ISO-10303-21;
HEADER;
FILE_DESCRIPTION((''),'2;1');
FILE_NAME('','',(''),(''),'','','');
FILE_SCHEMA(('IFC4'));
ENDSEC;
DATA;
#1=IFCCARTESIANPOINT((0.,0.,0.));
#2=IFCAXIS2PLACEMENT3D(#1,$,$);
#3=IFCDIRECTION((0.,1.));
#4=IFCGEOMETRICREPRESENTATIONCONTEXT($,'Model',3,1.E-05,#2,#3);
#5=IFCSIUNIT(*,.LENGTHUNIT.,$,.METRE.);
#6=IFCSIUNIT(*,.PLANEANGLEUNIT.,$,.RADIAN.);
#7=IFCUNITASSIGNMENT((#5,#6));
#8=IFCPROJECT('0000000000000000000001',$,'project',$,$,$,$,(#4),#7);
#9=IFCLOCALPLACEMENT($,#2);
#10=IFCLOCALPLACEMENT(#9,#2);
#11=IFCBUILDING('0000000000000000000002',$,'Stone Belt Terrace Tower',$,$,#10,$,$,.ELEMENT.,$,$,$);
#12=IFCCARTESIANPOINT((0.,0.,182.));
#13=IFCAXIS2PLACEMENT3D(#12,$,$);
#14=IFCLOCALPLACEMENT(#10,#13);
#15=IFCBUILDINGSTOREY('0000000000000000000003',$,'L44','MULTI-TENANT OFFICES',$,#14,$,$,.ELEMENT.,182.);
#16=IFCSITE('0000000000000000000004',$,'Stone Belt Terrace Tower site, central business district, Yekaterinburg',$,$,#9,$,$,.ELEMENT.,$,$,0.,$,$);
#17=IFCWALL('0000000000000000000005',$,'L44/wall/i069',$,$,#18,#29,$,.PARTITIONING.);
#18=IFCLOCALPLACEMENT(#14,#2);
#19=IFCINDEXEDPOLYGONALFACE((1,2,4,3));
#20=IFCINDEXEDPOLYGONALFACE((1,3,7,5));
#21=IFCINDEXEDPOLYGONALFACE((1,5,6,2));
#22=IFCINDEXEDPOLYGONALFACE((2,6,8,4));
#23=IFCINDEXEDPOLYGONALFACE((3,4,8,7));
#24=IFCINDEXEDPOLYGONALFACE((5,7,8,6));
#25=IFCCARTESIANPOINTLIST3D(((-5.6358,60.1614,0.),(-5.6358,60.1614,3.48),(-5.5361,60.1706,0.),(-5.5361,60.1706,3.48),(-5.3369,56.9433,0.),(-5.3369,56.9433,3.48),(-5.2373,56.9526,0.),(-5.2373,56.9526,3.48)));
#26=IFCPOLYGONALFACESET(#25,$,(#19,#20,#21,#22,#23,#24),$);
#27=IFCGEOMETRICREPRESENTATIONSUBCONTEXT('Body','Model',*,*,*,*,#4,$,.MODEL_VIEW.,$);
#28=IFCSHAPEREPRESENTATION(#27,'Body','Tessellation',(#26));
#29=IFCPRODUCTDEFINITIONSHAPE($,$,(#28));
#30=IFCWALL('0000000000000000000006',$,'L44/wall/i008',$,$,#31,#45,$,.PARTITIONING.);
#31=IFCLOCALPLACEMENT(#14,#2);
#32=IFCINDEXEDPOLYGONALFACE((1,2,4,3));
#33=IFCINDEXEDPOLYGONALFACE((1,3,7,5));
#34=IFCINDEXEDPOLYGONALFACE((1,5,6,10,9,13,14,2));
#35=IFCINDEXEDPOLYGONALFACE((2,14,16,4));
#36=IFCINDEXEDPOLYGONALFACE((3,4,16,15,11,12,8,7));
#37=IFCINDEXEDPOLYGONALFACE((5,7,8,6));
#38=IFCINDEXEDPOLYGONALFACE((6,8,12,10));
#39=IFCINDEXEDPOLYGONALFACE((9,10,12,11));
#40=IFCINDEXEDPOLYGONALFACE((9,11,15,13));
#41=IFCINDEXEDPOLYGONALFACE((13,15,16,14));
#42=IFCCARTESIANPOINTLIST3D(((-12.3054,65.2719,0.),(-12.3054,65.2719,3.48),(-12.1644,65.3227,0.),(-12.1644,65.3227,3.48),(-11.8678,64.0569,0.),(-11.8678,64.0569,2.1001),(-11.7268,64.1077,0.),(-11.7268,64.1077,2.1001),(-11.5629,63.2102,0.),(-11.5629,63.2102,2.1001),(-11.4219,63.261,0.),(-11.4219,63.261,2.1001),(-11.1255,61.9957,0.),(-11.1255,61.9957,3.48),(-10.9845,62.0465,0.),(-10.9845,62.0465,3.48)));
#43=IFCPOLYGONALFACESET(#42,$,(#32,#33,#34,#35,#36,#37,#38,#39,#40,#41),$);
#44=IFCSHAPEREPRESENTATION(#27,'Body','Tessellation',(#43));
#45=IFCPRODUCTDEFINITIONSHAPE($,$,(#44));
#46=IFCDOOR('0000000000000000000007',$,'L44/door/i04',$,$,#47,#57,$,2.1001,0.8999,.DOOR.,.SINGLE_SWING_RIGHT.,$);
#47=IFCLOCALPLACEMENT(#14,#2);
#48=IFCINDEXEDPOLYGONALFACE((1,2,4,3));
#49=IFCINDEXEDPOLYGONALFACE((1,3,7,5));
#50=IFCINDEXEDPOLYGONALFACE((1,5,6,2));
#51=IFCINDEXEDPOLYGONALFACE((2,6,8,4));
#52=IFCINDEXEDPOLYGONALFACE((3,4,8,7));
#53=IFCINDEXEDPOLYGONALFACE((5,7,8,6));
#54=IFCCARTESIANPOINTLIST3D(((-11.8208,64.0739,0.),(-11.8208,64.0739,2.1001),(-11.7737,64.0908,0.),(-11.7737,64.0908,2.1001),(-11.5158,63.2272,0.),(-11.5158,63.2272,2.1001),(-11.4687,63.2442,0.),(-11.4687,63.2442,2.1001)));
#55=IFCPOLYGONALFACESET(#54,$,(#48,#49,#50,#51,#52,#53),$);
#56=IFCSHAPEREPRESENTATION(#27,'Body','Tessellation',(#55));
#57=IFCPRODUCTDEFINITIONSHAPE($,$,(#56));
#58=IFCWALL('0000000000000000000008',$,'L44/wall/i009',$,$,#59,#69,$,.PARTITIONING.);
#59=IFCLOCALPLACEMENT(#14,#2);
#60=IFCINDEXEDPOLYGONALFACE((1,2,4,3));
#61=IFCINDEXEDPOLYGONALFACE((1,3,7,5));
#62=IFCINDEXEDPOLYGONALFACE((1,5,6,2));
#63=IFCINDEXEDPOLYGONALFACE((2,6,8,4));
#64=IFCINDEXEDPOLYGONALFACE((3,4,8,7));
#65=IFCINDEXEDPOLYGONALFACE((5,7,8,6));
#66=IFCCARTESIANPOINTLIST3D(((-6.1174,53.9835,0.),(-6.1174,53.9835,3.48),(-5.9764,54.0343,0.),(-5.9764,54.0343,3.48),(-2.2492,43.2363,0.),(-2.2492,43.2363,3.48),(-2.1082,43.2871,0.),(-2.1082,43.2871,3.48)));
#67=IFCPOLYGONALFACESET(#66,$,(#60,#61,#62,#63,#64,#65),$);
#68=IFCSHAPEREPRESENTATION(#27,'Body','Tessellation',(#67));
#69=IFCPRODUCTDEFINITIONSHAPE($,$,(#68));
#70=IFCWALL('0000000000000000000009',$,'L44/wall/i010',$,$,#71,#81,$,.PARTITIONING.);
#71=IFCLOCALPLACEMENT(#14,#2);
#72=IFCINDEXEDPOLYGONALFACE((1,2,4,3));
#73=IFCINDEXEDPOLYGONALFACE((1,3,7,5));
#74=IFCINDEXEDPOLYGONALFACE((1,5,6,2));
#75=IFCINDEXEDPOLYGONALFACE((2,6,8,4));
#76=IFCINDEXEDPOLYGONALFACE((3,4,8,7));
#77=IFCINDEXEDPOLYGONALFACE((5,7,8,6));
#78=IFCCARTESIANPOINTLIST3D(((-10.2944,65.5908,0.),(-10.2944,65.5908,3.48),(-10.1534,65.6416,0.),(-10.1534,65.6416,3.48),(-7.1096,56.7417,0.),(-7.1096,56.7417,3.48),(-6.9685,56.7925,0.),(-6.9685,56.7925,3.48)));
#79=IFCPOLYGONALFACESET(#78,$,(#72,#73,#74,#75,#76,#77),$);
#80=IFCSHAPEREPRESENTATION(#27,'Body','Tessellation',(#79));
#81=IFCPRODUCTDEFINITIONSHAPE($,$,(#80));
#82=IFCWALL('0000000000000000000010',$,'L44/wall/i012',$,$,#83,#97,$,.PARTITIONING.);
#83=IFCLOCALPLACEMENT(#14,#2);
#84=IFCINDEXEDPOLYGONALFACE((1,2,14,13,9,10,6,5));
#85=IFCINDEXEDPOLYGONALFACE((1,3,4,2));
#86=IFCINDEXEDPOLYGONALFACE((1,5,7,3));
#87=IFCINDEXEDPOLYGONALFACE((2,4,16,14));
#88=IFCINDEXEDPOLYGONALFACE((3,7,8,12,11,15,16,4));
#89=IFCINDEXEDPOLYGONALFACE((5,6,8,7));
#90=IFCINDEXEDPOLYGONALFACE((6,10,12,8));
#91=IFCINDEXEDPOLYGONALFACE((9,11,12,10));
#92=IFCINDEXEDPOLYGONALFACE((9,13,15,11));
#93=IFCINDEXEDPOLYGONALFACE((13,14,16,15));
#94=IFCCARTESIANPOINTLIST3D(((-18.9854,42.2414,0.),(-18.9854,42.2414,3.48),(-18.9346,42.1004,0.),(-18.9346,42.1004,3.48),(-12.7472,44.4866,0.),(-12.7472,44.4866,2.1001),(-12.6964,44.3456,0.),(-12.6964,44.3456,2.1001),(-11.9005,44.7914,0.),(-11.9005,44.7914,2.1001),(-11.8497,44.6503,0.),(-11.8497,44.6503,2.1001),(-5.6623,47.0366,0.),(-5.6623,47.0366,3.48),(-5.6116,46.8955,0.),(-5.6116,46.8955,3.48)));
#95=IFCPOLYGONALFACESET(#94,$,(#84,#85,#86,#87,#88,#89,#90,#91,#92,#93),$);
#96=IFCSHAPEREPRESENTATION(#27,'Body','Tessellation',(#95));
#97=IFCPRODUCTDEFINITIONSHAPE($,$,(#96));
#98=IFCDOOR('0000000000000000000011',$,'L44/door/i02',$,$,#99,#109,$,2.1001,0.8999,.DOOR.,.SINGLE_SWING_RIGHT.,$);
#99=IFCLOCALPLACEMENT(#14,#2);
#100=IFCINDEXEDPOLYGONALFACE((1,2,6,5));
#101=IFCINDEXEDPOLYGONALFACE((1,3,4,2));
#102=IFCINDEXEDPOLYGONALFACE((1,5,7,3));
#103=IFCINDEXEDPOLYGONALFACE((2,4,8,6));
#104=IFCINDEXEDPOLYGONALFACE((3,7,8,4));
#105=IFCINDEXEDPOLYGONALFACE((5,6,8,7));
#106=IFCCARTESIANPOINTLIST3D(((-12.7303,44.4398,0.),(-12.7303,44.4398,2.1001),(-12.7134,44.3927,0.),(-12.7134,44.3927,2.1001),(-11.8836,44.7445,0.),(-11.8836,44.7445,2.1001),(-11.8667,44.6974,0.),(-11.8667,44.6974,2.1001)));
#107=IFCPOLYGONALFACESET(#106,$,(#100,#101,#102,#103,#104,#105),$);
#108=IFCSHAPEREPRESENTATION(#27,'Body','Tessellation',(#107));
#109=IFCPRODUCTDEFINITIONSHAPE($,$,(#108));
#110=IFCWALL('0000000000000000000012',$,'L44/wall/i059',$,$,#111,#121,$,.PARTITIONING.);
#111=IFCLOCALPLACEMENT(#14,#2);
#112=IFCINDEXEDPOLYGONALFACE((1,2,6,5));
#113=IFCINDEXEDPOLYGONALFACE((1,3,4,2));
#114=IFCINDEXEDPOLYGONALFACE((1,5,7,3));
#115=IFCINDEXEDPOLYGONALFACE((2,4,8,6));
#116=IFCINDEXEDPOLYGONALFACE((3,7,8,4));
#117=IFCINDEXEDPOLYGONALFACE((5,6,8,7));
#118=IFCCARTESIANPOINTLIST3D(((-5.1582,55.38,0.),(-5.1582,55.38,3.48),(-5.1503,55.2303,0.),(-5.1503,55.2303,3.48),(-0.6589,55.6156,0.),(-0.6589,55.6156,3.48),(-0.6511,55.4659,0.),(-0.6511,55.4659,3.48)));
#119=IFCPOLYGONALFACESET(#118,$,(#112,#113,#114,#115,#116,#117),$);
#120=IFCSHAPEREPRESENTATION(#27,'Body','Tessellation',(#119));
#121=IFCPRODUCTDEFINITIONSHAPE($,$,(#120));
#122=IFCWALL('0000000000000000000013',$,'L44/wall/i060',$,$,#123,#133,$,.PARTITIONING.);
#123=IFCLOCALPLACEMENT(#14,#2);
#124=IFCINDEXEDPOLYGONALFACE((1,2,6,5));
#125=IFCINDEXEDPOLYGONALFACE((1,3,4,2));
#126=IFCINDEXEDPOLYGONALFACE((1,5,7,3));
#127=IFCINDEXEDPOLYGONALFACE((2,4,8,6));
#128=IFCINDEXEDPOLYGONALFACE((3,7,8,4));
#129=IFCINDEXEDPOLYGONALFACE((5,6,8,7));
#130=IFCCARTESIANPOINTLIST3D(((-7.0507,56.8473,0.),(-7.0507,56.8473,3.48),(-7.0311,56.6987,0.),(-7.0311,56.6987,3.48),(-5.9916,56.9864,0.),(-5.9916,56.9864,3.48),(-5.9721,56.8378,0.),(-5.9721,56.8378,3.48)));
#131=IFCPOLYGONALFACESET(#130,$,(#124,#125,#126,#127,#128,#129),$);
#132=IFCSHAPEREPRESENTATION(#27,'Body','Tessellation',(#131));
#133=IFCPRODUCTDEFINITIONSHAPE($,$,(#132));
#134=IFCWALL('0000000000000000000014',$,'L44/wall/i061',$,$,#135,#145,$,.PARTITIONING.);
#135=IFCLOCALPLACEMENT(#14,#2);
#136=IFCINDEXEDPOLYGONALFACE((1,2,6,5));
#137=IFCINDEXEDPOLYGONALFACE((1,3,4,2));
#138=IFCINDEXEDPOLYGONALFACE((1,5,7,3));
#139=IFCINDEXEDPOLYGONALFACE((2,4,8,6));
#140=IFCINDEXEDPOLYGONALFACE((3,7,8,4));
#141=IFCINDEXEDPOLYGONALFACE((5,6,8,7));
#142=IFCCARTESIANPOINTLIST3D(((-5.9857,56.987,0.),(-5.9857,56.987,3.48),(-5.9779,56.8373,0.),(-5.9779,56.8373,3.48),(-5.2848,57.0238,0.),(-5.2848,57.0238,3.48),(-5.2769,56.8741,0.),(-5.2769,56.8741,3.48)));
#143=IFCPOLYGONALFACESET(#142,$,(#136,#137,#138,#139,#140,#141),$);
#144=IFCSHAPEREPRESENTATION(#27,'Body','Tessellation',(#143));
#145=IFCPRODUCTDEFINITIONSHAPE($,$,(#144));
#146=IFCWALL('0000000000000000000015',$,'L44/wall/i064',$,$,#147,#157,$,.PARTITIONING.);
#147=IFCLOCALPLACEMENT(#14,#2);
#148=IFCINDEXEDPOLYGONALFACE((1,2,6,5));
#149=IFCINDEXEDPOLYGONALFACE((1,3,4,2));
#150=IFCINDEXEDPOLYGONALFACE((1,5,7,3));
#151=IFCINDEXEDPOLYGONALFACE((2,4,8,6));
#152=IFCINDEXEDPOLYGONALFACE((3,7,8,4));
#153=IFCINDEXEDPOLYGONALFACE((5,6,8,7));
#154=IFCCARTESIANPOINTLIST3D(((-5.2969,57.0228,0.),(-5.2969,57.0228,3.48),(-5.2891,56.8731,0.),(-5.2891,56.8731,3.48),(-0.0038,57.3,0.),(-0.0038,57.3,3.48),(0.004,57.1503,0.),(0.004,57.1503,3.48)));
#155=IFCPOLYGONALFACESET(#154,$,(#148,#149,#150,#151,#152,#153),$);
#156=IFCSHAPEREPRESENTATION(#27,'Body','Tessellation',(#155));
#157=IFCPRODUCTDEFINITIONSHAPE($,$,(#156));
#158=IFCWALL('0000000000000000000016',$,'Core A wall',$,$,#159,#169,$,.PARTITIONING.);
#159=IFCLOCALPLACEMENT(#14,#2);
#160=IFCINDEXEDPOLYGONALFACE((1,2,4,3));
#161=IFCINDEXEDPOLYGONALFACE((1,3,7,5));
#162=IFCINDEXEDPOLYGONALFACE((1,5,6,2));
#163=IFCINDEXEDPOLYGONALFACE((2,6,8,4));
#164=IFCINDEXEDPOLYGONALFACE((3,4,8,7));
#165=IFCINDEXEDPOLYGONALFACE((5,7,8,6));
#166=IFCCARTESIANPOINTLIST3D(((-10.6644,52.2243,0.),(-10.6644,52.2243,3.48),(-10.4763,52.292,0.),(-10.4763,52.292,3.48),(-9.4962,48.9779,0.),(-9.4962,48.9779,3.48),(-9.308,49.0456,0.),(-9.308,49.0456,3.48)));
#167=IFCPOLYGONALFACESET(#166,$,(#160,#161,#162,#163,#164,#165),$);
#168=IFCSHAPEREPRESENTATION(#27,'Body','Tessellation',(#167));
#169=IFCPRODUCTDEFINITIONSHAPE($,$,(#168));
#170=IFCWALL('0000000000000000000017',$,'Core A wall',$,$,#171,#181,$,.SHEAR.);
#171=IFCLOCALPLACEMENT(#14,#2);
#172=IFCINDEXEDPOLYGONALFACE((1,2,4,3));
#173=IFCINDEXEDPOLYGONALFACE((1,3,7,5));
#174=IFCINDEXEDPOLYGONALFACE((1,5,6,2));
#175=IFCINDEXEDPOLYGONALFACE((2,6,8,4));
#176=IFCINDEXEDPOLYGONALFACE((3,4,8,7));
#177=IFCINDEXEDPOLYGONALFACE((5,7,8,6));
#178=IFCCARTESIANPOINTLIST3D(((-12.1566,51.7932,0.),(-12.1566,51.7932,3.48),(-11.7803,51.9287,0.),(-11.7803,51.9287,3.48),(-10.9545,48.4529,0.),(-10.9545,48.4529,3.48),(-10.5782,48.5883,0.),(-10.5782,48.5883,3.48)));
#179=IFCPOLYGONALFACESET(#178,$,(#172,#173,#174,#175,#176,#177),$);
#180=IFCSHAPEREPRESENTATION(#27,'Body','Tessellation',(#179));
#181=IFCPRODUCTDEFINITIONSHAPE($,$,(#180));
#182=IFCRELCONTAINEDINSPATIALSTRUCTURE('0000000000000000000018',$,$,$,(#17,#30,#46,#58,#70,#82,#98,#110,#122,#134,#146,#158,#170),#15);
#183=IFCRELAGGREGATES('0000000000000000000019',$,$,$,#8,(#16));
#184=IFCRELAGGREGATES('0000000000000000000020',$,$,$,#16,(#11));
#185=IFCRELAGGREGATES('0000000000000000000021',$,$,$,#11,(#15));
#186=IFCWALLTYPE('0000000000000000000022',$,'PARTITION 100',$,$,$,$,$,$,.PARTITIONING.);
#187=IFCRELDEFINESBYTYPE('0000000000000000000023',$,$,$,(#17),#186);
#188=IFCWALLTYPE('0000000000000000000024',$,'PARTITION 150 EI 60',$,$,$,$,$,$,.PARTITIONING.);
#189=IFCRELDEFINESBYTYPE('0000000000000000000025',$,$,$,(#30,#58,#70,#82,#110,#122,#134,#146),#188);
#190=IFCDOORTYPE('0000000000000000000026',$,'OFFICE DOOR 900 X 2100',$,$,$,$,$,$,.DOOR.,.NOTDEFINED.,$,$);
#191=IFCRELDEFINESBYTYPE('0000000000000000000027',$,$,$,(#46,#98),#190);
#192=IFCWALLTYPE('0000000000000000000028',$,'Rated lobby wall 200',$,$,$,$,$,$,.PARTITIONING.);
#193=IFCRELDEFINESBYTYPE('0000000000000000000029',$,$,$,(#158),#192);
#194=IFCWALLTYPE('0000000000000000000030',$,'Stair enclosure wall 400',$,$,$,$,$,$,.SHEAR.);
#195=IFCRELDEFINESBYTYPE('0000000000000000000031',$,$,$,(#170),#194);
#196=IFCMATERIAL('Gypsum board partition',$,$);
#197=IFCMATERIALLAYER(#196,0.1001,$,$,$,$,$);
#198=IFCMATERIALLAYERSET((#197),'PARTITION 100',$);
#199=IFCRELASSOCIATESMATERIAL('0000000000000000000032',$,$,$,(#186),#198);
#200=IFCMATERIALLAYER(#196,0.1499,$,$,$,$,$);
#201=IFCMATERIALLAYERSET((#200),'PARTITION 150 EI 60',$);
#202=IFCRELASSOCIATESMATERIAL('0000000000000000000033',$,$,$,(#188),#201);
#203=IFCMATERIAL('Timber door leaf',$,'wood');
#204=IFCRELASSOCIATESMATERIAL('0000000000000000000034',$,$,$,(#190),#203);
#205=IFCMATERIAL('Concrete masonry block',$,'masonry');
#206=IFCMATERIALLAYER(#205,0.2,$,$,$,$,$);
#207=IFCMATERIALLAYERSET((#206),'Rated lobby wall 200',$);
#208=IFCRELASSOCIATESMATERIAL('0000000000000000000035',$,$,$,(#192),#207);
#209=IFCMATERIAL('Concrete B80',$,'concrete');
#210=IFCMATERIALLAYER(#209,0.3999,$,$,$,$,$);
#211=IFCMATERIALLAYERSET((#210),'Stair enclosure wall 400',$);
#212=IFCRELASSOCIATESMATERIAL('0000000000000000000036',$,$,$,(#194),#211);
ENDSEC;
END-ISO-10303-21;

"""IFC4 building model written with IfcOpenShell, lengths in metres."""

from ifc_helpers import new_model, si_unit, direction, frame, frame_2d, origin, place, context, subcontext, project, spatial, rectangle, extrude, material, layer, layer_set, type_object, element, fill, save


model = new_model("IFC4")

# Units and contexts
model_context = context("Model", 3, precision=1e-05, world=origin(), true_north=direction((0.0, 1.0)))
body_context = subcontext(model_context, "Body", "Model", "MODEL_VIEW")
ifc_project = project(units=[si_unit("LENGTHUNIT", "METRE"), si_unit("PLANEANGLEUNIT", "RADIAN")], contexts=[model_context])

# Site, building, storey
site_placement = place(None, origin())
site = spatial("IfcSite", under=ifc_project, at=site_placement, Name="Stone Belt Terrace Tower site, central business district, Yekaterinburg", CompositionType="ELEMENT", RefElevation=0.0)
building_placement = place(site_placement, origin())
building = spatial("IfcBuilding", under=site, at=building_placement, Name="Stone Belt Terrace Tower", CompositionType="ELEMENT")
storey_placement = place(building_placement, frame((0.0, 0.0, 182.0)))
storey = spatial("IfcBuildingStorey", under=building, at=storey_placement, Name="L44", Description="MULTI-TENANT OFFICES", CompositionType="ELEMENT", Elevation=182.0)

# Shared definitions
ifc_material_1 = material(Name="Concrete B80", Category="concrete")

# Shared definitions
ifc_material_2 = material(Name="Timber door leaf", Category="wood")

# Wall
ifc_material_3 = material(Name="Gypsum board partition")
ifc_layer_1 = layer(ifc_material_3, 0.1001)
ifc_layer_set_1 = layer_set([ifc_layer_1], Name="PARTITION 100")
wall_type_1 = type_object("IfcWallType", Name="PARTITION 100", PredefinedType="PARTITIONING", material=ifc_layer_set_1)
wall_1_placement = place(storey_placement, frame((-5.5859, 60.166, 0.0), z_axis=(0.0, 0.0, 1.0), x_axis=(0.092463, -0.995716, 0.0)))
element("IfcWall", 1, at=wall_1_placement, inside=storey, type_object=wall_type_1, Name="L44/wall/i069", PredefinedType="PARTITIONING", context=body_context, shape_type="SweptSolid", body=[
    extrude(rectangle(XDim=3.2319, YDim=0.1001, at=frame_2d((1.616, 0.0))), origin(), (0.0, 0.0, 1.0), 3.48),
])

# Wall, opening, door
ifc_layer_2 = layer(ifc_material_3, 0.1499)
ifc_layer_set_2 = layer_set([ifc_layer_2], Name="PARTITION 150 EI 60")
wall_type_2 = type_object("IfcWallType", Name="PARTITION 150 EI 60", PredefinedType="PARTITIONING", material=ifc_layer_set_2)
wall_2_placement = place(storey_placement, frame((-11.0549, 62.021, 0.0), z_axis=(0.0, 0.0, 1.0), x_axis=(-0.338854, 0.940839, 0.0)))
wall_2 = element("IfcWall", 2, at=wall_2_placement, inside=storey, type_object=wall_type_2, Name="L44/wall/i008", PredefinedType="PARTITIONING", context=body_context, shape_type="SweptSolid", body=[
    extrude(rectangle(XDim=3.4822, YDim=0.1499, at=frame_2d((1.7412, 0.0))), origin(), (0.0, 0.0, 1.0), 3.48),
])
opening_1_placement = place(wall_2_placement, frame((1.291, 0.0, 0.0)))
opening_1 = element("IfcOpeningElement", 3, at=opening_1_placement, cuts=wall_2, PredefinedType="OPENING", context=body_context, shape_type="SweptSolid", body=[
    extrude(rectangle(XDim=0.8999, YDim=2.1001, at=frame_2d((0.45, 1.05))), frame((0.0, 0.085, 0.0), z_axis=(0.0, -1.0, 0.0), x_axis=(1.0, 0.0, 0.0)), (0.0, 0.0, 1.0), 0.1699),
])
door_type_1 = type_object("IfcDoorType", Name="OFFICE DOOR 900 X 2100", OperationType="NOTDEFINED", PredefinedType="DOOR", material=ifc_material_2)
door_1_placement = place(opening_1_placement, origin())
door_1 = element("IfcDoor", 4, at=door_1_placement, inside=storey, type_object=door_type_1, Name="L44/door/i04", OperationType="SINGLE_SWING_RIGHT", OverallHeight=2.1001, OverallWidth=0.8999, PredefinedType="DOOR", context=body_context, shape_type="SweptSolid", body=[
    extrude(rectangle(XDim=0.8999, YDim=2.1001, at=frame_2d((0.45, 1.05))), frame((0.0, 0.0249, 0.0), z_axis=(0.0, -1.0, 0.0), x_axis=(1.0, 0.0, 0.0)), (0.0, 0.0, 1.0), 0.05),
])
fill(opening_1, door_1)

# Walls
wall_3_placement = place(storey_placement, frame((-6.0469, 54.0088, 0.0), z_axis=(0.0, 0.0, 1.0), x_axis=(0.338659, -0.940909, 0.0)))
element("IfcWall", 5, at=wall_3_placement, inside=storey, type_object=wall_type_2, Name="L44/wall/i009", PredefinedType="PARTITIONING", context=body_context, shape_type="SweptSolid", body=[
    extrude(rectangle(XDim=11.4221, YDim=0.1499, at=frame_2d((5.7109, 0.0))), origin(), (0.0, 0.0, 1.0), 3.48),
])
wall_4_placement = place(storey_placement, frame((-10.2239, 65.6162, 0.0), z_axis=(0.0, 0.0, 1.0), x_axis=(0.338638, -0.940917, 0.0)))
element("IfcWall", 6, at=wall_4_placement, inside=storey, type_object=wall_type_2, Name="L44/wall/i010", PredefinedType="PARTITIONING", context=body_context, shape_type="SweptSolid", body=[
    extrude(rectangle(XDim=9.4048, YDim=0.1499, at=frame_2d((4.7024, 0.0))), origin(), (0.0, 0.0, 1.0), 3.48),
])

# Wall, opening, door
wall_5_placement = place(storey_placement, frame((-5.637, 46.9661, 0.0), z_axis=(0.0, 0.0, 1.0), x_axis=(-0.940912, -0.33865, 0.0)))
wall_5 = element("IfcWall", 7, at=wall_5_placement, inside=storey, type_object=wall_type_2, Name="L44/wall/i012", PredefinedType="PARTITIONING", context=body_context, shape_type="SweptSolid", body=[
    extrude(rectangle(XDim=14.1597, YDim=0.1499, at=frame_2d((7.0798, 0.0))), origin(), (0.0, 0.0, 1.0), 3.48),
])
opening_2_placement = place(wall_5_placement, frame((6.6299, 0.0, 0.0)))
opening_2 = element("IfcOpeningElement", 8, at=opening_2_placement, cuts=wall_5, PredefinedType="OPENING", context=body_context, shape_type="SweptSolid", body=[
    extrude(rectangle(XDim=0.8999, YDim=2.1001, at=frame_2d((0.45, 1.05))), frame((0.0, 0.085, 0.0), z_axis=(0.0, -1.0, 0.0), x_axis=(1.0, 0.0, 0.0)), (0.0, 0.0, 1.0), 0.1699),
])
door_2_placement = place(opening_2_placement, origin())
door_2 = element("IfcDoor", 9, at=door_2_placement, inside=storey, type_object=door_type_1, Name="L44/door/i02", OperationType="SINGLE_SWING_RIGHT", OverallHeight=2.1001, OverallWidth=0.8999, PredefinedType="DOOR", context=body_context, shape_type="SweptSolid", body=[
    extrude(rectangle(XDim=0.8999, YDim=2.1001, at=frame_2d((0.45, 1.05))), frame((0.0, 0.0249, 0.0), z_axis=(0.0, -1.0, 0.0), x_axis=(1.0, 0.0, 0.0)), (0.0, 0.0, 1.0), 0.05),
])
fill(opening_2, door_2)

# Walls
wall_6_placement = place(storey_placement, frame((-0.655, 55.5408, 0.0), z_axis=(0.0, 0.0, 1.0), x_axis=(-0.998632, -0.052291, 0.0)))
element("IfcWall", 10, at=wall_6_placement, inside=storey, type_object=wall_type_2, Name="L44/wall/i059", PredefinedType="PARTITIONING", context=body_context, shape_type="SweptSolid", body=[
    extrude(rectangle(XDim=4.5054, YDim=0.1499, at=frame_2d((2.2527, 0.0))), origin(), (0.0, 0.0, 1.0), 3.48),
])
wall_7_placement = place(storey_placement, frame((-7.041, 56.7729, 0.0), z_axis=(0.0, 0.0, 1.0), x_axis=(0.991478, 0.130277, 0.0)))
element("IfcWall", 11, at=wall_7_placement, inside=storey, type_object=wall_type_2, Name="L44/wall/i060", PredefinedType="PARTITIONING", context=body_context, shape_type="SweptSolid", body=[
    extrude(rectangle(XDim=1.0681, YDim=0.1499, at=frame_2d((0.5342, 0.0))), origin(), (0.0, 0.0, 1.0), 3.48),
])
wall_8_placement = place(storey_placement, frame((-5.9819, 56.9121, 0.0), z_axis=(0.0, 0.0, 1.0), x_axis=(0.99862, 0.052522, 0.0)))
element("IfcWall", 12, at=wall_8_placement, inside=storey, type_object=wall_type_2, Name="L44/wall/i061", PredefinedType="PARTITIONING", context=body_context, shape_type="SweptSolid", body=[
    extrude(rectangle(XDim=0.7019, YDim=0.1499, at=frame_2d((0.3511, 0.0))), origin(), (0.0, 0.0, 1.0), 3.48),
])
wall_9_placement = place(storey_placement, frame((-5.293, 56.948, 0.0), z_axis=(0.0, 0.0, 1.0), x_axis=(0.998632, 0.052281, 0.0)))
element("IfcWall", 13, at=wall_9_placement, inside=storey, type_object=wall_type_2, Name="L44/wall/i064", PredefinedType="PARTITIONING", context=body_context, shape_type="SweptSolid", body=[
    extrude(rectangle(XDim=5.3003, YDim=0.1499, at=frame_2d((2.6501, 0.0))), origin(), (0.0, 0.0, 1.0), 3.48),
])
ifc_material_4 = material(Name="Concrete masonry block", Category="masonry")
ifc_layer_3 = layer(ifc_material_4, 0.2)
ifc_layer_set_3 = layer_set([ifc_layer_3], Name="Rated lobby wall 200")
wall_type_3 = type_object("IfcWallType", Name="Rated lobby wall 200", PredefinedType="PARTITIONING", material=ifc_layer_set_3)
wall_10_placement = place(storey_placement, frame((-9.4021, 49.0117, 0.0), z_axis=(0.0, 0.0, 1.0), x_axis=(-0.338599, 0.940931, 0.0)))
element("IfcWall", 14, at=wall_10_placement, inside=storey, type_object=wall_type_3, Name="Core A wall", PredefinedType="PARTITIONING", context=body_context, shape_type="SweptSolid", body=[
    extrude(rectangle(XDim=3.4502, YDim=0.2, at=frame_2d((1.7251, 0.0))), origin(), (0.0, 0.0, 1.0), 3.48),
])
ifc_layer_4 = layer(ifc_material_1, 0.3999)
ifc_layer_set_4 = layer_set([ifc_layer_4], Name="Stair enclosure wall 400")
wall_type_4 = type_object("IfcWallType", Name="Stair enclosure wall 400", PredefinedType="SHEAR", material=ifc_layer_set_4)
wall_11_placement = place(storey_placement, frame((-10.7664, 48.5208, 0.0), z_axis=(0.0, 0.0, 1.0), x_axis=(-0.338627, 0.940921, 0.0)))
element("IfcWall", 15, at=wall_11_placement, inside=storey, type_object=wall_type_4, Name="Core A wall", PredefinedType="SHEAR", context=body_context, shape_type="SweptSolid", body=[
    extrude(rectangle(XDim=3.55, YDim=0.3999, at=frame_2d((1.7749, 0.0))), origin(), (0.0, 0.0, 1.0), 3.48),
])

save(model, "model.ifc")
